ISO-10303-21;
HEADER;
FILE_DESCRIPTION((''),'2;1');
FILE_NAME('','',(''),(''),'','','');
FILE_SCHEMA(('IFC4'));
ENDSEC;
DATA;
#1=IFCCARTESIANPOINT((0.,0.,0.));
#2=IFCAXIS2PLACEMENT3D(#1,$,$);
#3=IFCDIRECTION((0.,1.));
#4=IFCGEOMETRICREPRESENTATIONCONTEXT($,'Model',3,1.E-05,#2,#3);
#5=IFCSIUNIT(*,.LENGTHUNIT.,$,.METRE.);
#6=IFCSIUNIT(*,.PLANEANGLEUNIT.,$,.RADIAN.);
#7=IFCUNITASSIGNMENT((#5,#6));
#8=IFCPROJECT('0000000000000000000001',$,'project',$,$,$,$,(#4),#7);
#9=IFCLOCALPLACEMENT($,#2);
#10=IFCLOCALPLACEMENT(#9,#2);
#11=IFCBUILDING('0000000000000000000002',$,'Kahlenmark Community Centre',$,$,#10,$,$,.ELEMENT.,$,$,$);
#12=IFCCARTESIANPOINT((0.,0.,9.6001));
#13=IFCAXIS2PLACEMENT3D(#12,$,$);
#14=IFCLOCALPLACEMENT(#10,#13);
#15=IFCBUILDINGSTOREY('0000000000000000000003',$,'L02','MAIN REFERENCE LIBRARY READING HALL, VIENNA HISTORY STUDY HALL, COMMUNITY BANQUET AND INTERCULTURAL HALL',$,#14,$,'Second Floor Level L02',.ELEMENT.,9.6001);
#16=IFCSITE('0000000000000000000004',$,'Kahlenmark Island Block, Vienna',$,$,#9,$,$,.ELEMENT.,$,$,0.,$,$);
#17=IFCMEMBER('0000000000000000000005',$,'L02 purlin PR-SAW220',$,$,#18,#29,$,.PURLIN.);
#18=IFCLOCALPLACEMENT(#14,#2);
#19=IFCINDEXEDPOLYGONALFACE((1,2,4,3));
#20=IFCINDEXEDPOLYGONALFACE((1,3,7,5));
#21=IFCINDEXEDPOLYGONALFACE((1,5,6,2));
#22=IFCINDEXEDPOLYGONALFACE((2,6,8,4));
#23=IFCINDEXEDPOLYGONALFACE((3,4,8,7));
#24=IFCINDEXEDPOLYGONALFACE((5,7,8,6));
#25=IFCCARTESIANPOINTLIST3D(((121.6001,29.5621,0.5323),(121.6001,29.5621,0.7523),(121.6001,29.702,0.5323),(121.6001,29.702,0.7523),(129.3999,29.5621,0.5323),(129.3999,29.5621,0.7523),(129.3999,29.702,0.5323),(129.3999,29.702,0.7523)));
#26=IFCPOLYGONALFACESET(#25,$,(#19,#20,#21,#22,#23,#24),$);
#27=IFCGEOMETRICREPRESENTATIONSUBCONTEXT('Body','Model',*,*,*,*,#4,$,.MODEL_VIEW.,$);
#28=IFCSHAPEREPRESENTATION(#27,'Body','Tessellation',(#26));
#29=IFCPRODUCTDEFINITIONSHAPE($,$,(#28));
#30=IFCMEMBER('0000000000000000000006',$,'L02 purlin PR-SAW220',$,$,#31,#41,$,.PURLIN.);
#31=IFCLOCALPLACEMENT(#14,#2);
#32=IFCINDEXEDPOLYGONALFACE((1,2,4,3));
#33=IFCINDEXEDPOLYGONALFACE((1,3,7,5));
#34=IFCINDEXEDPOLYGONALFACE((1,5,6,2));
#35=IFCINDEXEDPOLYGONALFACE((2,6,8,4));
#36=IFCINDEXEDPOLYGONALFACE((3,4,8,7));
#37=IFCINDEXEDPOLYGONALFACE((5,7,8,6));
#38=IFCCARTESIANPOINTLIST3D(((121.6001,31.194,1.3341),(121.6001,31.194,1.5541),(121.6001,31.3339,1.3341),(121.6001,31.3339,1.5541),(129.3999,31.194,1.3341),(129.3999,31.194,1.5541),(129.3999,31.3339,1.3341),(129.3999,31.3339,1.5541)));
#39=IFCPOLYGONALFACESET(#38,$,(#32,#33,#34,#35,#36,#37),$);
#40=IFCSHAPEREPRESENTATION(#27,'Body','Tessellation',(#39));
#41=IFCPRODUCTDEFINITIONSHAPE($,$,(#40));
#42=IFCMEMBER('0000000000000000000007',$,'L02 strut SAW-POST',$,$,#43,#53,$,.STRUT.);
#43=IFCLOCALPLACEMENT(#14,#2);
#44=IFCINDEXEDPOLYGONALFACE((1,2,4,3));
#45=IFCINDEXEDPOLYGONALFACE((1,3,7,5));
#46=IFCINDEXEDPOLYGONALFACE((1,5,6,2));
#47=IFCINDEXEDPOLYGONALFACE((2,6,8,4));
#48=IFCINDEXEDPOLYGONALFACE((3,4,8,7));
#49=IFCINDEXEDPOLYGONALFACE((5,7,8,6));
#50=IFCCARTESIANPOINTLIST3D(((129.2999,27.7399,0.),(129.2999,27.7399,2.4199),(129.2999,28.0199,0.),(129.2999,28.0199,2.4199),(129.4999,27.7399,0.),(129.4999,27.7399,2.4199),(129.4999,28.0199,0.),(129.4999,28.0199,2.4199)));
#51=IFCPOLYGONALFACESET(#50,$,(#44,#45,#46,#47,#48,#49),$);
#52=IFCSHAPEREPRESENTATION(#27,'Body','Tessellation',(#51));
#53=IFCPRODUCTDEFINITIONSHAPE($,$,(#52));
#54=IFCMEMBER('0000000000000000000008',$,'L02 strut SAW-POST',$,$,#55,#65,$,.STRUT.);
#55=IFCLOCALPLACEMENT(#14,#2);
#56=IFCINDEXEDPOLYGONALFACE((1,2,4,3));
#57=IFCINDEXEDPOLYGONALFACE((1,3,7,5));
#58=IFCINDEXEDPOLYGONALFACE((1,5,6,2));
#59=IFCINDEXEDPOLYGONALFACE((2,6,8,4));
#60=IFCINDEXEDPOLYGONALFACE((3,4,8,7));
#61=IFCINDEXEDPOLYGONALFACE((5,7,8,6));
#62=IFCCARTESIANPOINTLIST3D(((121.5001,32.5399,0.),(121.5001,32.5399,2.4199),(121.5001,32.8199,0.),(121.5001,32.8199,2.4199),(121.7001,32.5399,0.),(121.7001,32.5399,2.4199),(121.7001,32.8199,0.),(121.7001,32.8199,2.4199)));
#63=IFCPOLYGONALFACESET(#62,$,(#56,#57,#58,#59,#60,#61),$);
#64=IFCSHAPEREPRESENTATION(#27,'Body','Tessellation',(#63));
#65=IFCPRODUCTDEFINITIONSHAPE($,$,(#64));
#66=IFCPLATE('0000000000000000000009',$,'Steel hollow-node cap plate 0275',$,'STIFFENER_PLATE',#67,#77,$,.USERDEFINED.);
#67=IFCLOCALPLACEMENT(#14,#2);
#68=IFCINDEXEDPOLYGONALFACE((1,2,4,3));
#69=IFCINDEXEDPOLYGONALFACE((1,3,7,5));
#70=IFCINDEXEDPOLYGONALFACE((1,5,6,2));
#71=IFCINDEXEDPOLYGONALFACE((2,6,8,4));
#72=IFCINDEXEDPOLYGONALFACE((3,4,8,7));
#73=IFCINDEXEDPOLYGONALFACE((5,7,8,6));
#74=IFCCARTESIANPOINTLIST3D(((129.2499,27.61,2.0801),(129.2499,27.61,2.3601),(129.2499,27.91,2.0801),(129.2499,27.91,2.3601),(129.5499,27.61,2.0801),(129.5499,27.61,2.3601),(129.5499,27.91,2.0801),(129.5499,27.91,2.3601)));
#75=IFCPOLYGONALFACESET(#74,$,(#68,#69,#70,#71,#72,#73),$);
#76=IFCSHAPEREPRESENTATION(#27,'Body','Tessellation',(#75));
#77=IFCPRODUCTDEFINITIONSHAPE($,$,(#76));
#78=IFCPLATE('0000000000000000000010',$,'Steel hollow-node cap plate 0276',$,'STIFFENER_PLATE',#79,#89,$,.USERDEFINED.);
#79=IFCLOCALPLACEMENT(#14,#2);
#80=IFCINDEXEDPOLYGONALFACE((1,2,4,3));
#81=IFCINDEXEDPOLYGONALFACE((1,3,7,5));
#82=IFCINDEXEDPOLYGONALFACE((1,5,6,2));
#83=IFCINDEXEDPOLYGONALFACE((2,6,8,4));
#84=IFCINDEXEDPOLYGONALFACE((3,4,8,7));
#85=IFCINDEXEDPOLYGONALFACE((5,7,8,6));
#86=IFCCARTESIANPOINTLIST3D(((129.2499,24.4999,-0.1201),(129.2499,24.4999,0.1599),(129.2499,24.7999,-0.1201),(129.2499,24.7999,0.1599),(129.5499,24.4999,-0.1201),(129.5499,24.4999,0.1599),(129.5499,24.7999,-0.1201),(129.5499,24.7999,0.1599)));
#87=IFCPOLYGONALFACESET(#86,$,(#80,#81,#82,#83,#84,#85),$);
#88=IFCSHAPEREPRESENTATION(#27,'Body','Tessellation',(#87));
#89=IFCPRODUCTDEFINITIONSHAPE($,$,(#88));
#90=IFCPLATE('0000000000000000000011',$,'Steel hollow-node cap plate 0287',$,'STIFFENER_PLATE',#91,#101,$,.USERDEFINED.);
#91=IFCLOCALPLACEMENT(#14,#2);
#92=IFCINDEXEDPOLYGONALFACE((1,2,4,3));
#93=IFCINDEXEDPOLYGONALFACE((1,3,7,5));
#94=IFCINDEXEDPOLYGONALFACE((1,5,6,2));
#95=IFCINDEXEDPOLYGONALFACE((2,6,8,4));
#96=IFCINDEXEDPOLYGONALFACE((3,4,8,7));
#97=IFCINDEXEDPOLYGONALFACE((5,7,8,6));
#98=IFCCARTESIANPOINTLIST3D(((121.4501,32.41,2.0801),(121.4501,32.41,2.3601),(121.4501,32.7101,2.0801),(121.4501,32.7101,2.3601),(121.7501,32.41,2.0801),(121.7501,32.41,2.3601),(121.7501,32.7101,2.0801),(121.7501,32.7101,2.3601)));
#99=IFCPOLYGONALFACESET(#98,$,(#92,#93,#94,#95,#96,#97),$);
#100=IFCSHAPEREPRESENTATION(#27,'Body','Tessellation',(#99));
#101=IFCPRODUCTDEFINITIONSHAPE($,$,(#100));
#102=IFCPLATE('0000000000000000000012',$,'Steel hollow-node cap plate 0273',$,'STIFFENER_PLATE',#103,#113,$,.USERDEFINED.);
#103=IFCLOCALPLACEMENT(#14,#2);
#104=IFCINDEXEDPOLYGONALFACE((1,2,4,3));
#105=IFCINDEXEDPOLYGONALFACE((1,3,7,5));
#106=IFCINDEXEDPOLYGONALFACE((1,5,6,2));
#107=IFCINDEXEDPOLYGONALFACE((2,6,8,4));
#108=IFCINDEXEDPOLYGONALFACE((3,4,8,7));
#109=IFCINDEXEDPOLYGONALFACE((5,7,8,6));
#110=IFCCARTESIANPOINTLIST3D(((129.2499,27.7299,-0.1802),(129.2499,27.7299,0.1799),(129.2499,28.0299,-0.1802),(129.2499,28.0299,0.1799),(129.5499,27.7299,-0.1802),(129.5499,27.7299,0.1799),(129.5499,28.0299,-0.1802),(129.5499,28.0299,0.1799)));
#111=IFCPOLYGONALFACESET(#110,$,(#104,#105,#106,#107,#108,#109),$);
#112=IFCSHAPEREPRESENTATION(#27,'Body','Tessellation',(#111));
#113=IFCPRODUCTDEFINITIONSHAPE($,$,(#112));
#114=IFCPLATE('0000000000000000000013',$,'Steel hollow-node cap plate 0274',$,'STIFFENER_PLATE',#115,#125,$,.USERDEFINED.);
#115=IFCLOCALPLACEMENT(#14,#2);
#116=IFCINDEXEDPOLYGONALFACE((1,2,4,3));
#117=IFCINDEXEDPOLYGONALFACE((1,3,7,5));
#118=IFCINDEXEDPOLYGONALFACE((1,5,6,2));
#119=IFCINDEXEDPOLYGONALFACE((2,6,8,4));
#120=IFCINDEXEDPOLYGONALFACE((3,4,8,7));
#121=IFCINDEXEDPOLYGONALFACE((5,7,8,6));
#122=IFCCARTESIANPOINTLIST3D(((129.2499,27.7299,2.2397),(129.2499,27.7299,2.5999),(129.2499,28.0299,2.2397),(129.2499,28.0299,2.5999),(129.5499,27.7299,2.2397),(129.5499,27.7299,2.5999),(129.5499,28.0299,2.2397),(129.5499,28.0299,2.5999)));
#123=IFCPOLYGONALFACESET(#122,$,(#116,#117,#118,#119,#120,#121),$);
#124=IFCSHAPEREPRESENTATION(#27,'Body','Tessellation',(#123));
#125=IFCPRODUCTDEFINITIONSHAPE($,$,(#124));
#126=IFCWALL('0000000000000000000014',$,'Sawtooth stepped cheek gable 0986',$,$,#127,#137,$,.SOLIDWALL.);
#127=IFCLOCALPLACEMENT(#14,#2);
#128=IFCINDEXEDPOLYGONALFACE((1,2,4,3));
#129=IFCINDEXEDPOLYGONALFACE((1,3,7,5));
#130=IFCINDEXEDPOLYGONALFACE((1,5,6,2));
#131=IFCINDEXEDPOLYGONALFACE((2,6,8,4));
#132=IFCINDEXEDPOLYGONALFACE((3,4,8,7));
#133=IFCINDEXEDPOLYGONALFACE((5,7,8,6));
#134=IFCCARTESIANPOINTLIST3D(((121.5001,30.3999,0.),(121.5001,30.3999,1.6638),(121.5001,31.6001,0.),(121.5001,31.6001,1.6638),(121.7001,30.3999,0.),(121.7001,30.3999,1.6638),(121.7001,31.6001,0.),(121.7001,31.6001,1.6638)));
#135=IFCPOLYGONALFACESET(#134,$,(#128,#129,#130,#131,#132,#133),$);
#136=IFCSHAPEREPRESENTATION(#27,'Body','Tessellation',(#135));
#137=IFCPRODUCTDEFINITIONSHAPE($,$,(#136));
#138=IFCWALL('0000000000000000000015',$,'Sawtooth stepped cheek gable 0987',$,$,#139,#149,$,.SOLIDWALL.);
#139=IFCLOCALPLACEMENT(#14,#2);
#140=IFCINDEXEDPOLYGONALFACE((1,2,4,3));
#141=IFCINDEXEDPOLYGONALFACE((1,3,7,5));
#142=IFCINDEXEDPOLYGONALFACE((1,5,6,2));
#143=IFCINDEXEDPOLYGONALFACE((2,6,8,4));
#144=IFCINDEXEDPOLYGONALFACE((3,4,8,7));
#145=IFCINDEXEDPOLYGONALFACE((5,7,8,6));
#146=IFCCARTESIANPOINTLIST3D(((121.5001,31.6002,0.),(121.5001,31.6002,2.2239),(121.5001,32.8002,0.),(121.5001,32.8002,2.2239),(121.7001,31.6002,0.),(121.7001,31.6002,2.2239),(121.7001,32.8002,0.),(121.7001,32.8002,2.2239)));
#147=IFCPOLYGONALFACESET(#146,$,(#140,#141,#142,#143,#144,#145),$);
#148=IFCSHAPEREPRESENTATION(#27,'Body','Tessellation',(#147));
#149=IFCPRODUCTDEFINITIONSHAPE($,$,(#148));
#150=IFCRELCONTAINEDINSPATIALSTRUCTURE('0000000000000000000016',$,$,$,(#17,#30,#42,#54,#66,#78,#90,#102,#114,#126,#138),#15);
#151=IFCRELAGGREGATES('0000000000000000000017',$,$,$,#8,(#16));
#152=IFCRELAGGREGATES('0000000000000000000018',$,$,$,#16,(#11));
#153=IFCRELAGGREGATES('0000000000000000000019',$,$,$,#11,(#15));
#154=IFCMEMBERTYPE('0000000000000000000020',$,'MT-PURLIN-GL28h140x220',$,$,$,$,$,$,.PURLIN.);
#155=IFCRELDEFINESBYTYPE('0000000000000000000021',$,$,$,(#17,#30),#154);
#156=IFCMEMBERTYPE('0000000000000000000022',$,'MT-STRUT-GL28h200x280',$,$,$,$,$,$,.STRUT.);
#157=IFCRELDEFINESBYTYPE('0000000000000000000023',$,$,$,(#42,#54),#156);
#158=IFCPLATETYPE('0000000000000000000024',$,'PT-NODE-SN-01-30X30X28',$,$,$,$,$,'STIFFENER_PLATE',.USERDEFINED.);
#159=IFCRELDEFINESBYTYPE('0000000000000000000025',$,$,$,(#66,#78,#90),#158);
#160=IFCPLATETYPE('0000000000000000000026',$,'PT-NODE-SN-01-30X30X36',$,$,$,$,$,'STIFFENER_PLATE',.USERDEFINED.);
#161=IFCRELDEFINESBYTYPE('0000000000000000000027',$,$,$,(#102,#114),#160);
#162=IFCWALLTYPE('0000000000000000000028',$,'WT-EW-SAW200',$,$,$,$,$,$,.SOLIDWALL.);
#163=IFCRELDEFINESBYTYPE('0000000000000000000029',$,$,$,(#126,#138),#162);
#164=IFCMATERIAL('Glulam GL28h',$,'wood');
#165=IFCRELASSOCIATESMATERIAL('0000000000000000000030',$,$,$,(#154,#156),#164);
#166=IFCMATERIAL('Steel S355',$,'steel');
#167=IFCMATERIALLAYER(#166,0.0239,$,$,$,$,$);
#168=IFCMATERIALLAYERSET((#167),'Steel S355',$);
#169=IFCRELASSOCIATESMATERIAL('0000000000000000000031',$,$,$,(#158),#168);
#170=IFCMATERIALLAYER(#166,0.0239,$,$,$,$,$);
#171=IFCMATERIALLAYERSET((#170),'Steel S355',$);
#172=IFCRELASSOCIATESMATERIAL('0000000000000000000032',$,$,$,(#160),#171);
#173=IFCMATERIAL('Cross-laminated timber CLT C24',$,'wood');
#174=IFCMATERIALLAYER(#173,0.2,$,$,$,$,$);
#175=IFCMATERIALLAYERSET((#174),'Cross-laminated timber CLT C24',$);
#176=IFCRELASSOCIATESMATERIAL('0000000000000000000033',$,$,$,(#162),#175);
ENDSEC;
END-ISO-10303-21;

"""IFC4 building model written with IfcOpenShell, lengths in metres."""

from ifc_helpers import new_model, si_unit, direction, frame, frame_2d, origin, origin_2d, place, context, subcontext, project, spatial, rectangle, extrude, material, layer, layer_set, material_profile, profile_set, type_object, element, save


model = new_model("IFC4")

# Units and contexts
model_context = context("Model", 3, precision=1e-05, world=origin(), true_north=direction((0.0, 1.0)))
body_context = subcontext(model_context, "Body", "Model", "MODEL_VIEW")
ifc_project = project(units=[si_unit("LENGTHUNIT", "METRE"), si_unit("PLANEANGLEUNIT", "RADIAN")], contexts=[model_context])

# Site, building, storey
site_placement = place(None, origin())
site = spatial("IfcSite", under=ifc_project, at=site_placement, Name="Kahlenmark Island Block, Vienna", CompositionType="ELEMENT", RefElevation=0.0)
building_placement = place(site_placement, origin())
building = spatial("IfcBuilding", under=site, at=building_placement, Name="Kahlenmark Community Centre", CompositionType="ELEMENT")
storey_placement = place(building_placement, frame((0.0, 0.0, 9.6001)))
storey = spatial("IfcBuildingStorey", under=building, at=storey_placement, Name="L02", Description="MAIN REFERENCE LIBRARY READING HALL, VIENNA HISTORY STUDY HALL, COMMUNITY BANQUET AND INTERCULTURAL HALL", LongName="Second Floor Level L02", CompositionType="ELEMENT", Elevation=9.6001)

# Members
ifc_material_1 = material(Name="Steel S355", Category="steel")
ifc_material_2 = material(Name="Glulam GL28h", Category="wood")
ifc_material_profile_1 = material_profile(ifc_material_2, rectangle(XDim=0.1399, YDim=0.22, at=origin_2d()), Name="GL28h 140x220")
ifc_profile_set_1 = profile_set([ifc_material_profile_1], Name="Glulam GL28h")
member_type_1 = type_object("IfcMemberType", Name="MT-PURLIN-GL28h140x220", PredefinedType="PURLIN", material=ifc_profile_set_1)
for number, where, z_axis, x_axis, name in (
    (1, (121.6001, 29.6321, 0.6423), (1.0, 0.0, 0.0), (0.0, 1.0, 0.0), "L02 purlin PR-SAW220"),
    (2, (121.6001, 31.2639, 1.4441), (1.0, 0.0, 0.0), (0.0, 1.0, 0.0), "L02 purlin PR-SAW220"),
):
    element("IfcMember", number, at=place(storey_placement, frame(where, z_axis=z_axis, x_axis=x_axis)), inside=storey, type_object=member_type_1, Name=name, PredefinedType="PURLIN", context=body_context, shape_type="SweptSolid", body=[
        extrude(rectangle(XDim=0.1399, YDim=0.22, at=origin_2d()), origin(), (0.0, 0.0, 1.0), 7.7998),
    ])
ifc_material_profile_2 = material_profile(ifc_material_2, rectangle(XDim=0.2, YDim=0.28, at=origin_2d()), Name="GL28h 200x280")
ifc_profile_set_2 = profile_set([ifc_material_profile_2], Name="Glulam GL28h")
member_type_2 = type_object("IfcMemberType", Name="MT-STRUT-GL28h200x280", PredefinedType="STRUT", material=ifc_profile_set_2)
for number, where, z_axis, x_axis, name in (
    (3, (129.3999, 27.8799, 0.0), (0.0, 0.0, 1.0), (1.0, 0.0, 0.0), "L02 strut SAW-POST"),
    (4, (121.6001, 32.6799, 0.0), (0.0, 0.0, 1.0), (1.0, 0.0, 0.0), "L02 strut SAW-POST"),
):
    element("IfcMember", number, at=place(storey_placement, frame(where, z_axis=z_axis, x_axis=x_axis)), inside=storey, type_object=member_type_2, Name=name, PredefinedType="STRUT", context=body_context, shape_type="SweptSolid", body=[
        extrude(rectangle(XDim=0.2, YDim=0.28, at=origin_2d()), origin(), (0.0, 0.0, 1.0), 2.4199),
    ])

# Plates
ifc_layer_1 = layer(ifc_material_1, 0.0239)
ifc_layer_set_1 = layer_set([ifc_layer_1], Name="Steel S355")
plate_type_1 = type_object("IfcPlateType", Name="PT-NODE-SN-01-30X30X28", ElementType="STIFFENER_PLATE", PredefinedType="USERDEFINED", material=ifc_layer_set_1)
for number, where, z_axis, x_axis, name in (
    (5, (129.3999, 27.76, 2.0801), (0.0, 0.0, 1.0), (1.0, 0.0, 0.0), "Steel hollow-node cap plate 0275"),
    (6, (129.3999, 24.6499, -0.1201), (0.0, 0.0, 1.0), (1.0, 0.0, 0.0), "Steel hollow-node cap plate 0276"),
    (7, (121.6001, 32.5601, 2.0801), (0.0, 0.0, 1.0), (1.0, 0.0, 0.0), "Steel hollow-node cap plate 0287"),
):
    element("IfcPlate", number, at=place(storey_placement, frame(where, z_axis=z_axis, x_axis=x_axis)), inside=storey, type_object=plate_type_1, Name=name, ObjectType="STIFFENER_PLATE", PredefinedType="USERDEFINED", context=body_context, shape_type="SweptSolid", body=[
        extrude(rectangle(XDim=0.3, YDim=0.3, at=origin_2d()), origin(), (0.0, 0.0, 1.0), 0.28),
    ])
ifc_layer_2 = layer(ifc_material_1, 0.0239)
ifc_layer_set_2 = layer_set([ifc_layer_2], Name="Steel S355")
plate_type_2 = type_object("IfcPlateType", Name="PT-NODE-SN-01-30X30X36", ElementType="STIFFENER_PLATE", PredefinedType="USERDEFINED", material=ifc_layer_set_2)
for number, where, z_axis, x_axis, name in (
    (8, (129.3999, 27.8799, -0.1802), (0.0, 0.0, 1.0), (1.0, 0.0, 0.0), "Steel hollow-node cap plate 0273"),
    (9, (129.3999, 27.8799, 2.2397), (0.0, 0.0, 1.0), (1.0, 0.0, 0.0), "Steel hollow-node cap plate 0274"),
):
    element("IfcPlate", number, at=place(storey_placement, frame(where, z_axis=z_axis, x_axis=x_axis)), inside=storey, type_object=plate_type_2, Name=name, ObjectType="STIFFENER_PLATE", PredefinedType="USERDEFINED", context=body_context, shape_type="SweptSolid", body=[
        extrude(rectangle(XDim=0.3, YDim=0.3, at=origin_2d()), origin(), (0.0, 0.0, 1.0), 0.3601),
    ])

# Walls
ifc_material_3 = material(Name="Cross-laminated timber CLT C24", Category="wood")
ifc_layer_3 = layer(ifc_material_3, 0.2)
ifc_layer_set_3 = layer_set([ifc_layer_3], Name="Cross-laminated timber CLT C24")
wall_type = type_object("IfcWallType", Name="WT-EW-SAW200", PredefinedType="SOLIDWALL", material=ifc_layer_set_3)
wall_1_placement = place(storey_placement, frame((121.6001, 30.3999, 0.0), z_axis=(0.0, 0.0, 1.0), x_axis=(0.0, 1.0, 0.0)))
element("IfcWall", 10, at=wall_1_placement, inside=storey, type_object=wall_type, Name="Sawtooth stepped cheek gable 0986", PredefinedType="SOLIDWALL", context=body_context, shape_type="SweptSolid", body=[
    extrude(rectangle(XDim=1.2002, YDim=0.2, at=frame_2d((0.6001, 0.0))), origin(), (0.0, 0.0, 1.0), 1.6638),
])
wall_2_placement = place(storey_placement, frame((121.6001, 31.6001, 0.0), z_axis=(0.0, 0.0, 1.0), x_axis=(0.0, 1.0, 0.0)))
element("IfcWall", 11, at=wall_2_placement, inside=storey, type_object=wall_type, Name="Sawtooth stepped cheek gable 0987", PredefinedType="SOLIDWALL", context=body_context, shape_type="SweptSolid", body=[
    extrude(rectangle(XDim=1.2, YDim=0.2, at=frame_2d((0.6001, 0.0))), origin(), (0.0, 0.0, 1.0), 2.2239),
])

save(model, "model.ifc")
